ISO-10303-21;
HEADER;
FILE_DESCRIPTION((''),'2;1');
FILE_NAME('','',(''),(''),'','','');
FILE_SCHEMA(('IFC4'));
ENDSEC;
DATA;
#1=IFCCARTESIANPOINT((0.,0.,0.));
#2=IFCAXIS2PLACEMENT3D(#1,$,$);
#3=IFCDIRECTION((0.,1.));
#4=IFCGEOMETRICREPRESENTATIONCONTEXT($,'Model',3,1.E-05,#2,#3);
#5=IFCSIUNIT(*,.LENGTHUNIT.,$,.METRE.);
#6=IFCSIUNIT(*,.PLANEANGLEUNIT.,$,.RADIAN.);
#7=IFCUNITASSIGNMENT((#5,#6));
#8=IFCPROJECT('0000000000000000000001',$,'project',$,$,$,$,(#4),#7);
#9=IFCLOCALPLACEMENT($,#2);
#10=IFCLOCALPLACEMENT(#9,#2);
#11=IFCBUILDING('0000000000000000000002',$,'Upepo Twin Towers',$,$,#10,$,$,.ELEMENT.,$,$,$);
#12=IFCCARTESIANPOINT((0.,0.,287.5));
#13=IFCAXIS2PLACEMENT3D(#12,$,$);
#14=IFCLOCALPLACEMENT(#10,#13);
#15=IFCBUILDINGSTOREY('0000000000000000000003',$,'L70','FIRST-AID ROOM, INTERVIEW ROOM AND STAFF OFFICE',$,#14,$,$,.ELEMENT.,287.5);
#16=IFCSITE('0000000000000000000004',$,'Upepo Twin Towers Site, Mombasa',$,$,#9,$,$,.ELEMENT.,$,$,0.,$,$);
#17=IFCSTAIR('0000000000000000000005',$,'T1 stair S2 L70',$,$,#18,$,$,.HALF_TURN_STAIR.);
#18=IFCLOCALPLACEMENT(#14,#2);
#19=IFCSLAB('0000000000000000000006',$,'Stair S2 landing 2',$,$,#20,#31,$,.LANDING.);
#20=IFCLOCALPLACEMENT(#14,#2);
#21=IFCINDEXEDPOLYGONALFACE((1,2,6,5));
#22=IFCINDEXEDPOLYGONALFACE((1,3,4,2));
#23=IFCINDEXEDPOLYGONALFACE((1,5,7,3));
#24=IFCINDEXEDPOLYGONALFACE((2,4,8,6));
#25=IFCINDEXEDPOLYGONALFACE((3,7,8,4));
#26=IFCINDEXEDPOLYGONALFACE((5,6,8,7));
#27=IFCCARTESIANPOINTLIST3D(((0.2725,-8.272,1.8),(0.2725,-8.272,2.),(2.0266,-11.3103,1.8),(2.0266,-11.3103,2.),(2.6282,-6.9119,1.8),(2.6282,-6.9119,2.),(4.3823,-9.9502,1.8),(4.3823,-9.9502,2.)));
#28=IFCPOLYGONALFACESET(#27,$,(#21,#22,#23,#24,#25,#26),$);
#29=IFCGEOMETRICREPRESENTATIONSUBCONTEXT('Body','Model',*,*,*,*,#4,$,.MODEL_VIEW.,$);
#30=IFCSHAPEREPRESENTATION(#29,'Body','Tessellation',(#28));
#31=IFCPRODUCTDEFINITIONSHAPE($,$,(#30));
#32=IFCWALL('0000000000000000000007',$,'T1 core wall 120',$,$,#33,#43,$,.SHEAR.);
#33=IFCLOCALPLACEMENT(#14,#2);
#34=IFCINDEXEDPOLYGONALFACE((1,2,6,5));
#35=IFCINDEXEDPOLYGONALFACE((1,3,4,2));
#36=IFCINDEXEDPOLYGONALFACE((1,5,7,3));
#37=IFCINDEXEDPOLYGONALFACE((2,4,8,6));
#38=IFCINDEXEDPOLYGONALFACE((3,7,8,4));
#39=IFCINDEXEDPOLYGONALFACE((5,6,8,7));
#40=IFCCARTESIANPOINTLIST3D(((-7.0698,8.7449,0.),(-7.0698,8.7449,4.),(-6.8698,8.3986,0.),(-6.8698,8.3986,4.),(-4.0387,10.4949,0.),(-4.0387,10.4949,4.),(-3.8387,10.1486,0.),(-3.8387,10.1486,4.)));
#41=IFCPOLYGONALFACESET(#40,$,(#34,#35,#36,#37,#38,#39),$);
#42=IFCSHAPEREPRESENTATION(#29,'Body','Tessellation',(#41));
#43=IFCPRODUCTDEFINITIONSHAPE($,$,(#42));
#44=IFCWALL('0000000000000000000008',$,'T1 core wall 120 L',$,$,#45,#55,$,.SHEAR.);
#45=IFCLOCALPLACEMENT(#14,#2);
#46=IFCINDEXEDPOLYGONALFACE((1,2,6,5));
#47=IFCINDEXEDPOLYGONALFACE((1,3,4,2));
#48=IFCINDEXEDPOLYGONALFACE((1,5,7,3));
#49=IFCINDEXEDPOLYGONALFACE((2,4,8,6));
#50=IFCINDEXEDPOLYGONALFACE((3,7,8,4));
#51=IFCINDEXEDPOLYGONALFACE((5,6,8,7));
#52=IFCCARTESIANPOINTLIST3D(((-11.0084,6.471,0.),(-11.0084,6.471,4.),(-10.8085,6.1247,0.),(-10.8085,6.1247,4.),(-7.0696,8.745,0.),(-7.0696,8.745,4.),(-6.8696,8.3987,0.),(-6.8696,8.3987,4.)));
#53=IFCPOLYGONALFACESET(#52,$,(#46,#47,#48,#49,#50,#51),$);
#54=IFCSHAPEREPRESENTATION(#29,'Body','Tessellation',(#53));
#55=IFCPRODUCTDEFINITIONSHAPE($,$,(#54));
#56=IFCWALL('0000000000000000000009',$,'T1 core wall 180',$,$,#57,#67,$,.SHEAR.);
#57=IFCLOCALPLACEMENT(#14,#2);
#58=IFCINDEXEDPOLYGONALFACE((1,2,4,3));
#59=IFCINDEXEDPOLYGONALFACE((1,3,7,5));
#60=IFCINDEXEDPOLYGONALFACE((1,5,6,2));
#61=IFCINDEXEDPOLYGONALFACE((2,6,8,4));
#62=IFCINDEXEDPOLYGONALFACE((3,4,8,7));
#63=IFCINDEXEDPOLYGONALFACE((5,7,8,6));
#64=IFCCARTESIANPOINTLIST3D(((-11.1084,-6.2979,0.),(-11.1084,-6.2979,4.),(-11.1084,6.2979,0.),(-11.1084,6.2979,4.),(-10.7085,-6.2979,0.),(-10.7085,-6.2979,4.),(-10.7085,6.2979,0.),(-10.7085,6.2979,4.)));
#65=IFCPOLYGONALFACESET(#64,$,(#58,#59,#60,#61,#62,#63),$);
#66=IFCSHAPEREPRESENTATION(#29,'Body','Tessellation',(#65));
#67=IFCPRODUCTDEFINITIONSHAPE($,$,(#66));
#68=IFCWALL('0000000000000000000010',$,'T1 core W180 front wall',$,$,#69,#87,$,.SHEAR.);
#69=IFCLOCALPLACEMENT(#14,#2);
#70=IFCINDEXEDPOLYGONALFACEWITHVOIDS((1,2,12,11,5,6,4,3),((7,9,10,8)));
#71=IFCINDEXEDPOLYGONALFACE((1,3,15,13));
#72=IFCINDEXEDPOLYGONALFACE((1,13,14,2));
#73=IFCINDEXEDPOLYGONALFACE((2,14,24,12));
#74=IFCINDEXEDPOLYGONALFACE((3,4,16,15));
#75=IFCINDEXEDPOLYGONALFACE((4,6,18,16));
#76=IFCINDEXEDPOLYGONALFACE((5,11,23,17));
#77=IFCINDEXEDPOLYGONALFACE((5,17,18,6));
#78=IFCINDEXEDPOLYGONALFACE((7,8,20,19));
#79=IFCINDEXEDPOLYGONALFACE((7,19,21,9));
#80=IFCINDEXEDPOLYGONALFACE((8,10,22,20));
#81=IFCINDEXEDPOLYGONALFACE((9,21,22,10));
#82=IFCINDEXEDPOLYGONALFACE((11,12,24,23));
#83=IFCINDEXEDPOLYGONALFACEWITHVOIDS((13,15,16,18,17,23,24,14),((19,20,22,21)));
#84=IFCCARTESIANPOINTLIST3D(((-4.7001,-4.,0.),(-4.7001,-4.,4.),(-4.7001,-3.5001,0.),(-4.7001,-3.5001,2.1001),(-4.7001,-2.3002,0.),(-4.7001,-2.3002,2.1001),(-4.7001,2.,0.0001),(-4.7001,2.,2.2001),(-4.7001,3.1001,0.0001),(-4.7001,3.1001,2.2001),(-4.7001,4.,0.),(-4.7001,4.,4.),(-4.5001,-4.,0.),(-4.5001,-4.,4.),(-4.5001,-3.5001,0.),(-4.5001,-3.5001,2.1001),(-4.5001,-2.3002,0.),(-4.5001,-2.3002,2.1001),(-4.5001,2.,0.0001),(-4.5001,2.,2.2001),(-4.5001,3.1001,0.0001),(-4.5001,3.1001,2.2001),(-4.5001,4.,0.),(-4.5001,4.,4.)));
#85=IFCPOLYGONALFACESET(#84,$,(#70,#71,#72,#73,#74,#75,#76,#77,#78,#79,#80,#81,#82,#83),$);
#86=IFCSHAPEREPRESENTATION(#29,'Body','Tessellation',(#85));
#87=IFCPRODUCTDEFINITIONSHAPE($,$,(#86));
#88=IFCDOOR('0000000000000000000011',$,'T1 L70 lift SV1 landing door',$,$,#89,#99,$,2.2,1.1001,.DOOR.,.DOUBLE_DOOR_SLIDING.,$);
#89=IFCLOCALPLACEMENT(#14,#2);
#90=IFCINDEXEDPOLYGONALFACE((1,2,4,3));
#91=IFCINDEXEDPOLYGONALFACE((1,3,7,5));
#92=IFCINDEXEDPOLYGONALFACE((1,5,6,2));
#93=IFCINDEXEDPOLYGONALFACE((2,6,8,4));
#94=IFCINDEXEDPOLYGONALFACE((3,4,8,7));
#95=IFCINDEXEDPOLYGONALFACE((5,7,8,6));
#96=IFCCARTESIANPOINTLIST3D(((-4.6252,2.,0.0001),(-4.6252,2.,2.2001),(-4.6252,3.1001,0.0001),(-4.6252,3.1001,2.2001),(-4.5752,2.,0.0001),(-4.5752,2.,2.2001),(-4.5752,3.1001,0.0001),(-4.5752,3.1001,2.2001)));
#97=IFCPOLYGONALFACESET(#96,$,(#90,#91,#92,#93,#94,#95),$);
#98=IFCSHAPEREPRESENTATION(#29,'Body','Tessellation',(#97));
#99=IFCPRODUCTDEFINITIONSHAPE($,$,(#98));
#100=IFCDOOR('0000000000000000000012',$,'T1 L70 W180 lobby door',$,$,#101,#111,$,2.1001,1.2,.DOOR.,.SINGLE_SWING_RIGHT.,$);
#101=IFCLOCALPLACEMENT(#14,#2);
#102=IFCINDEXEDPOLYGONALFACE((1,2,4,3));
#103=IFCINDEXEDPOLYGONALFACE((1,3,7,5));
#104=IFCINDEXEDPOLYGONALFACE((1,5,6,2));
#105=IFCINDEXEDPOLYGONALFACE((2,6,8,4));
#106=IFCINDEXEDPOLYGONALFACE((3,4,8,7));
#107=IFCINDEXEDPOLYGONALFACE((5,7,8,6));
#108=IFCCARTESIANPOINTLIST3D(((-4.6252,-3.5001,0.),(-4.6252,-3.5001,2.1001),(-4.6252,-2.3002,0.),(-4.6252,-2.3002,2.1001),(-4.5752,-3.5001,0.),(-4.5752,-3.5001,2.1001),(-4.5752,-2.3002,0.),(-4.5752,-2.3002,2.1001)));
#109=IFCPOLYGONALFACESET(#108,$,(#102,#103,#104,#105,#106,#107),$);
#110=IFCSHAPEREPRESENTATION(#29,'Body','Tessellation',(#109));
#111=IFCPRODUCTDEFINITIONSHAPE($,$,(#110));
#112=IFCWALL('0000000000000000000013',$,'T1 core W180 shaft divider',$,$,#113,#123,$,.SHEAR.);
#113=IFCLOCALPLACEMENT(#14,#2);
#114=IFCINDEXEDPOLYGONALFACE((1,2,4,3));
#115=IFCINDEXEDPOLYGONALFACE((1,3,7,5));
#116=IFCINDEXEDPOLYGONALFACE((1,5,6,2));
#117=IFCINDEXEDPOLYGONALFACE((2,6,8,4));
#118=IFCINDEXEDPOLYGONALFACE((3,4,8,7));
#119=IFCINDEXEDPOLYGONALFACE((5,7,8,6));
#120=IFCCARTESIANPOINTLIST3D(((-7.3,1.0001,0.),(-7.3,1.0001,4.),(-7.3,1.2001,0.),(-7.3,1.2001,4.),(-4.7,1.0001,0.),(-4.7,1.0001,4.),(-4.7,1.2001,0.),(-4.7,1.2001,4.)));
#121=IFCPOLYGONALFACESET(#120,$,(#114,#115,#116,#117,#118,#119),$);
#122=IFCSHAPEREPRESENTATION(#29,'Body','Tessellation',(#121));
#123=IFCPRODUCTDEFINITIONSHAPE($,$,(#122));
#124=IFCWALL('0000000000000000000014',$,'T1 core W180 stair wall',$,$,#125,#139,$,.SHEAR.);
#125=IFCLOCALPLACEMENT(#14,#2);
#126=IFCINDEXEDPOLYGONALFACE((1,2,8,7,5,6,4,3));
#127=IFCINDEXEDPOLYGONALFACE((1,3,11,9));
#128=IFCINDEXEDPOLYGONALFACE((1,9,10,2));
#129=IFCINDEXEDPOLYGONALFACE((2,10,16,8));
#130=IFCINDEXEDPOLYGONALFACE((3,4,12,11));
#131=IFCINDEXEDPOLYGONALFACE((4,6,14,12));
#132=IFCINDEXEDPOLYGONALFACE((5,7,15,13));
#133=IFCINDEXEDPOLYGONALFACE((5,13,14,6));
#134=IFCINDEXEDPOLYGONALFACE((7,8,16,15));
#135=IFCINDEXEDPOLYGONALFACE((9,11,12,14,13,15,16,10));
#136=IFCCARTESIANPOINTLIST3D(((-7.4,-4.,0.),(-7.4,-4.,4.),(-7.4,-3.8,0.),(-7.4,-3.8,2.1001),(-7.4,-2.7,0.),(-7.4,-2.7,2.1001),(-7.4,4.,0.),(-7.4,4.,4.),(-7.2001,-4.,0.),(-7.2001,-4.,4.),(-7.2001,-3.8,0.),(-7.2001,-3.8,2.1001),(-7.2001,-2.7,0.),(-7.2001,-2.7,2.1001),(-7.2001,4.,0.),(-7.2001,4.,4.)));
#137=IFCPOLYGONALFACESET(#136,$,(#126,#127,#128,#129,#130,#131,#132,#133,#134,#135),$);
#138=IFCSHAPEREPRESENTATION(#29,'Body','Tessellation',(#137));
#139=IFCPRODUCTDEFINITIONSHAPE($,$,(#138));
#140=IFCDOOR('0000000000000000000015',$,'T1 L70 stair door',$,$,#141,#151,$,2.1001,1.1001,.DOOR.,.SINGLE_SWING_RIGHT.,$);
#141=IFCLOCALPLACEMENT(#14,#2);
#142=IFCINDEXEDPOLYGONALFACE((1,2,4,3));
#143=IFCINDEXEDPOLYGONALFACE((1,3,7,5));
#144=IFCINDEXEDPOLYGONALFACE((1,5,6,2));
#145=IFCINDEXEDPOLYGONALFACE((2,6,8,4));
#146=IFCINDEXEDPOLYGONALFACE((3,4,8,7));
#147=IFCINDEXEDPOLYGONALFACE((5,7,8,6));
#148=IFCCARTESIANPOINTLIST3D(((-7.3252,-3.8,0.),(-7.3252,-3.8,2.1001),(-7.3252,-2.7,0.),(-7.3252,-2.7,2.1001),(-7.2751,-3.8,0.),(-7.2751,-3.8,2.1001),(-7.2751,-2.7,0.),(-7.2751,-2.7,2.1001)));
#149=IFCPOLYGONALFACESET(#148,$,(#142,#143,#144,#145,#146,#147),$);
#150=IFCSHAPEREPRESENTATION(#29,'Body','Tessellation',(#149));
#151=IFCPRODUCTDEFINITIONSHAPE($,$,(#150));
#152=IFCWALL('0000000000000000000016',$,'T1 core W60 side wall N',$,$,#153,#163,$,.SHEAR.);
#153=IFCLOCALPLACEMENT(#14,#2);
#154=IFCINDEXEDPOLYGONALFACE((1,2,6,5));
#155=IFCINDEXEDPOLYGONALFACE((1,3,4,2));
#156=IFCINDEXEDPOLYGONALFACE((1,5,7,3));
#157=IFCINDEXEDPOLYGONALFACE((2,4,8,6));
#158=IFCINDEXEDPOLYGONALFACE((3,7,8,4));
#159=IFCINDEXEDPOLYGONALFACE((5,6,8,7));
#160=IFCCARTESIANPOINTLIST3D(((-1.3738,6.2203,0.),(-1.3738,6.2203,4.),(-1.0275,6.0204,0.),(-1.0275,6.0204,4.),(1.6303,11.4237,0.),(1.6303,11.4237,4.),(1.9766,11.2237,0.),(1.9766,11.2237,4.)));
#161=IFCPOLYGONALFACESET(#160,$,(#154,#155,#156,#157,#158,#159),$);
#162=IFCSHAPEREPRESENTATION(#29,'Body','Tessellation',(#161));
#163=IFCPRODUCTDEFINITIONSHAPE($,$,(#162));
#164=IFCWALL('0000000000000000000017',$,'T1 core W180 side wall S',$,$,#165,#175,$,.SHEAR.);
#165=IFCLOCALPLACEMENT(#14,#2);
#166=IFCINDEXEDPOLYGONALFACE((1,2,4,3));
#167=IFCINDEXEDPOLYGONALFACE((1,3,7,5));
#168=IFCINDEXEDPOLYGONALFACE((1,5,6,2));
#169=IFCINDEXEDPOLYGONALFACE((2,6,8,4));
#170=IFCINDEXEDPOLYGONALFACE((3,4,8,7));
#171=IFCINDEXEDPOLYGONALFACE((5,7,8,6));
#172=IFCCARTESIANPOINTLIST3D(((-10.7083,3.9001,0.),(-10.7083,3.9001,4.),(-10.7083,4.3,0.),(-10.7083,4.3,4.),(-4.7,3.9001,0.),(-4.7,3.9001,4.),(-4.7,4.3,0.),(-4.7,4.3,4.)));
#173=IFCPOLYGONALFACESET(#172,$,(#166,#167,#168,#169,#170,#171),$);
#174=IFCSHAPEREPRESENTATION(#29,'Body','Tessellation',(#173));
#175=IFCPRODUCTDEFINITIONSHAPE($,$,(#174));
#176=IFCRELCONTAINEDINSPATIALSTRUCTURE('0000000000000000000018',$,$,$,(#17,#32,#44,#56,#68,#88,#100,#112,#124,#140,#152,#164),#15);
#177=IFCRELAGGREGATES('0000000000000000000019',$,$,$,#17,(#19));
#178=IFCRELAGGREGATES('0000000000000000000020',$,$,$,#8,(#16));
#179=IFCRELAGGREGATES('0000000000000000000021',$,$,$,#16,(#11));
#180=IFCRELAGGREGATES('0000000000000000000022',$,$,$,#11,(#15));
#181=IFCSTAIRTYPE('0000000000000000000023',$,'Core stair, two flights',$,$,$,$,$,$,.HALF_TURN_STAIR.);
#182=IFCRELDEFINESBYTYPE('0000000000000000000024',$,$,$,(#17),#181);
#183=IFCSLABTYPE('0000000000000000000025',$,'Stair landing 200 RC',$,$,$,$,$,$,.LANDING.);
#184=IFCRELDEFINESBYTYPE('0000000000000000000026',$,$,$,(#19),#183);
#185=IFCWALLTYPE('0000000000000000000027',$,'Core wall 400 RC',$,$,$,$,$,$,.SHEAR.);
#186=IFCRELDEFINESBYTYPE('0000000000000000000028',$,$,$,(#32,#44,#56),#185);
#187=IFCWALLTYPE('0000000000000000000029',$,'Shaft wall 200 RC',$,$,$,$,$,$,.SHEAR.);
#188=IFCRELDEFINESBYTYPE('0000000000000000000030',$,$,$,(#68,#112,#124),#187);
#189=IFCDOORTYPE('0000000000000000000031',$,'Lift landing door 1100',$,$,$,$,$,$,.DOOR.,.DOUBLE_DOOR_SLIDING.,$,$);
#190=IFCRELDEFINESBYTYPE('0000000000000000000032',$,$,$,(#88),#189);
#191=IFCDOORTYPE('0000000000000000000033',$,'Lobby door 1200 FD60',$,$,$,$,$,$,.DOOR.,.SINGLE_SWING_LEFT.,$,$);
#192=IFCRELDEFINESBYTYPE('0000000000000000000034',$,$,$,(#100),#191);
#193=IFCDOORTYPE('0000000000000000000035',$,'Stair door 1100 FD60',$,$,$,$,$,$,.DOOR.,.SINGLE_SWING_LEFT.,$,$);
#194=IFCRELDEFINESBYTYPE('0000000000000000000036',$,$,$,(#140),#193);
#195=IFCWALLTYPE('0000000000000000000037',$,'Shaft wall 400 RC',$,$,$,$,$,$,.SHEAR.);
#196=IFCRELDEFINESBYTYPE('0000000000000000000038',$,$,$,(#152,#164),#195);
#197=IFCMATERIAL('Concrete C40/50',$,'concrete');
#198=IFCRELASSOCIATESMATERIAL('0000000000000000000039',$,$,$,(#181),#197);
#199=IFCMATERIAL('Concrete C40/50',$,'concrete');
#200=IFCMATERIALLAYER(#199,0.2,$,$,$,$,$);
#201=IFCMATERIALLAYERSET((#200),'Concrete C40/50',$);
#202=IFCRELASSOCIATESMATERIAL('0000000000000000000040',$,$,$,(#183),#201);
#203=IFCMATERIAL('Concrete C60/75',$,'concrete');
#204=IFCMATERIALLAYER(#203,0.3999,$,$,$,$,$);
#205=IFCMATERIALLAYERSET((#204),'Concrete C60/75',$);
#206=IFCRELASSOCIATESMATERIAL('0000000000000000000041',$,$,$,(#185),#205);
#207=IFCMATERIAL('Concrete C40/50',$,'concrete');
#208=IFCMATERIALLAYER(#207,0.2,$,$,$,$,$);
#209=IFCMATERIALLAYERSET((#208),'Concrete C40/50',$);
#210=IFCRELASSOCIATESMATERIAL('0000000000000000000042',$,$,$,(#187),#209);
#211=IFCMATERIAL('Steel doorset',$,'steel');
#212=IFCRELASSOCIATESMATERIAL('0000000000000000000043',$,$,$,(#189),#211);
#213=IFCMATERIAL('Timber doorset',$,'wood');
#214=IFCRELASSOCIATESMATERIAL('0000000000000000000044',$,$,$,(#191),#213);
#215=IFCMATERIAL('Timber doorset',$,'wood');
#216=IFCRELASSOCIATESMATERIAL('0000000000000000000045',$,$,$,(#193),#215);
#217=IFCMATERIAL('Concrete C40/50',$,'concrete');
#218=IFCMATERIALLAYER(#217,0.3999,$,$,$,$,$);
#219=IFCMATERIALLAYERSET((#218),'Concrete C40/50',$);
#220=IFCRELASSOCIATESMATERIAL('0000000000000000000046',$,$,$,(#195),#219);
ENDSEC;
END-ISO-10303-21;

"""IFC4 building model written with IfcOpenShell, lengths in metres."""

from ifc_helpers import new_model, si_unit, direction, frame, frame_2d, origin, place, context, subcontext, project, spatial, polyline, rectangle, outline, extrude, material, layer, layer_set, type_object, element, fill, aggregate, save


model = new_model("IFC4")

# Units and contexts
model_context = context("Model", 3, precision=1e-05, world=origin(), true_north=direction((0.0, 1.0)))
body_context = subcontext(model_context, "Body", "Model", "MODEL_VIEW")
ifc_project = project(units=[si_unit("LENGTHUNIT", "METRE"), si_unit("PLANEANGLEUNIT", "RADIAN")], contexts=[model_context])

# Site, building, storey
site_placement = place(None, origin())
site = spatial("IfcSite", under=ifc_project, at=site_placement, Name="Upepo Twin Towers Site, Mombasa", CompositionType="ELEMENT", RefElevation=0.0)
building_placement = place(site_placement, origin())
building = spatial("IfcBuilding", under=site, at=building_placement, Name="Upepo Twin Towers", CompositionType="ELEMENT")
storey_placement = place(building_placement, frame((0.0, 0.0, 287.5)))
storey = spatial("IfcBuildingStorey", under=building, at=storey_placement, Name="L70", Description="FIRST-AID ROOM, INTERVIEW ROOM AND STAFF OFFICE", CompositionType="ELEMENT", Elevation=287.5)

# Stair, slab
ifc_material_1 = material(Name="Concrete C40/50", Category="concrete")
stair_type = type_object("IfcStairType", Name="Core stair, two flights", PredefinedType="HALF_TURN_STAIR", material=ifc_material_1)
stair_1_placement = place(storey_placement, origin())
stair_1 = element("IfcStair", 1, at=stair_1_placement, inside=storey, type_object=stair_type, Name="T1 stair S2 L70", PredefinedType="HALF_TURN_STAIR")
ifc_material_2 = material(Name="Concrete C40/50", Category="concrete")
ifc_layer_1 = layer(ifc_material_2, 0.2)
ifc_layer_set_1 = layer_set([ifc_layer_1], Name="Concrete C40/50")
slab_type = type_object("IfcSlabType", Name="Stair landing 200 RC", PredefinedType="LANDING", material=ifc_layer_set_1)
slab_placement = place(storey_placement, frame((0.0, 0.0, 1.8)))
slab = element("IfcSlab", 2, at=slab_placement, type_object=slab_type, Name="Stair S2 landing 2", PredefinedType="LANDING", context=body_context, shape_type="SweptSolid", body=[
    extrude(outline(polyline([(0.2725, -8.272), (2.0266, -11.3103), (4.3823, -9.9502), (2.6282, -6.9119), (0.2725, -8.272)])), origin(), (0.0, 0.0, 1.0), 0.2),
])
aggregate(stair_1, [slab])

# Walls
ifc_material_3 = material(Name="Concrete C60/75", Category="concrete")
ifc_layer_2 = layer(ifc_material_3, 0.3999)
ifc_layer_set_2 = layer_set([ifc_layer_2], Name="Concrete C60/75")
wall_type_1 = type_object("IfcWallType", Name="Core wall 400 RC", PredefinedType="SHEAR", material=ifc_layer_set_2)
wall_1_placement = place(storey_placement, frame((-3.9387, 10.3218, 0.0), z_axis=(0.0, 0.0, 1.0), x_axis=(-0.866019, -0.50001, 0.0)))
element("IfcWall", 3, at=wall_1_placement, inside=storey, type_object=wall_type_1, Name="T1 core wall 120", PredefinedType="SHEAR", context=body_context, shape_type="SweptSolid", body=[
    extrude(rectangle(XDim=3.5, YDim=0.3999, at=frame_2d((1.75, 0.0))), origin(), (0.0, 0.0, 1.0), 4.0),
])
wall_2_placement = place(storey_placement, frame((-6.9697, 8.5718, 0.0), z_axis=(0.0, 0.0, 1.0), x_axis=(-0.866035, -0.499984, 0.0)))
element("IfcWall", 4, at=wall_2_placement, inside=storey, type_object=wall_type_1, Name="T1 core wall 120 L", PredefinedType="SHEAR", context=body_context, shape_type="SweptSolid", body=[
    extrude(rectangle(XDim=4.5481, YDim=0.3999, at=frame_2d((2.2739, 0.0))), origin(), (0.0, 0.0, 1.0), 4.0),
])
wall_3_placement = place(storey_placement, frame((-10.9084, 6.2979, 0.0), z_axis=(0.0, 0.0, 1.0), x_axis=(0.0, -1.0, 0.0)))
element("IfcWall", 5, at=wall_3_placement, inside=storey, type_object=wall_type_1, Name="T1 core wall 180", PredefinedType="SHEAR", context=body_context, shape_type="SweptSolid", body=[
    extrude(rectangle(XDim=12.5957, YDim=0.3999, at=frame_2d((6.2979, 0.0))), origin(), (0.0, 0.0, 1.0), 4.0),
])

# Wall, openings, doors
ifc_material_4 = material(Name="Concrete C40/50", Category="concrete")
ifc_layer_3 = layer(ifc_material_4, 0.2)
ifc_layer_set_3 = layer_set([ifc_layer_3], Name="Concrete C40/50")
wall_type_2 = type_object("IfcWallType", Name="Shaft wall 200 RC", PredefinedType="SHEAR", material=ifc_layer_set_3)
wall_4_placement = place(storey_placement, frame((-4.6001, 4.0, 0.0), z_axis=(0.0, 0.0, 1.0), x_axis=(0.0, -1.0, 0.0)))
wall_4 = element("IfcWall", 6, at=wall_4_placement, inside=storey, type_object=wall_type_2, Name="T1 core W180 front wall", PredefinedType="SHEAR", context=body_context, shape_type="SweptSolid", body=[
    extrude(rectangle(XDim=8.0, YDim=0.2, at=frame_2d((4.0, 0.0))), origin(), (0.0, 0.0, 1.0), 4.0),
])
opening_1_placement = place(wall_4_placement, frame((6.3, 0.0, 0.0)))
opening_1 = element("IfcOpeningElement", 7, at=opening_1_placement, cuts=wall_4, PredefinedType="OPENING", context=body_context, shape_type="SweptSolid", body=[
    extrude(rectangle(XDim=1.2, YDim=2.1001, at=frame_2d((0.6001, 1.05))), frame((0.0, 0.1099, 0.0), z_axis=(0.0, -1.0, 0.0), x_axis=(1.0, 0.0, 0.0)), (0.0, 0.0, 1.0), 0.22),
])
opening_2_placement = place(wall_4_placement, frame((0.8999, 0.0, 0.0)))
opening_2 = element("IfcOpeningElement", 8, at=opening_2_placement, cuts=wall_4, PredefinedType="OPENING", context=body_context, shape_type="SweptSolid", body=[
    extrude(rectangle(XDim=1.1001, YDim=2.2, at=frame_2d((0.55, 1.1001))), frame((0.0, 0.1099, 0.0), z_axis=(0.0, -1.0, 0.0), x_axis=(1.0, 0.0, 0.0)), (0.0, 0.0, 1.0), 0.22),
])
ifc_material_5 = material(Name="Steel doorset", Category="steel")
door_type_1 = type_object("IfcDoorType", Name="Lift landing door 1100", OperationType="DOUBLE_DOOR_SLIDING", PredefinedType="DOOR", material=ifc_material_5)
door_1_placement = place(opening_2_placement, origin())
door_1 = element("IfcDoor", 9, at=door_1_placement, inside=storey, type_object=door_type_1, Name="T1 L70 lift SV1 landing door", OperationType="DOUBLE_DOOR_SLIDING", OverallHeight=2.2, OverallWidth=1.1001, PredefinedType="DOOR", context=body_context, shape_type="SweptSolid", body=[
    extrude(rectangle(XDim=1.1001, YDim=2.2, at=frame_2d((0.55, 1.1001))), frame((0.0, 0.0249, 0.0), z_axis=(0.0, -1.0, 0.0), x_axis=(1.0, 0.0, 0.0)), (0.0, 0.0, 1.0), 0.05),
])
fill(opening_2, door_1)
ifc_material_6 = material(Name="Timber doorset", Category="wood")
door_type_2 = type_object("IfcDoorType", Name="Lobby door 1200 FD60", OperationType="SINGLE_SWING_LEFT", PredefinedType="DOOR", material=ifc_material_6)
door_2_placement = place(opening_1_placement, origin())
door_2 = element("IfcDoor", 10, at=door_2_placement, inside=storey, type_object=door_type_2, Name="T1 L70 W180 lobby door", OperationType="SINGLE_SWING_RIGHT", OverallHeight=2.1001, OverallWidth=1.2, PredefinedType="DOOR", context=body_context, shape_type="SweptSolid", body=[
    extrude(rectangle(XDim=1.2, YDim=2.1001, at=frame_2d((0.6001, 1.05))), frame((0.0, 0.0249, 0.0), z_axis=(0.0, -1.0, 0.0), x_axis=(1.0, 0.0, 0.0)), (0.0, 0.0, 1.0), 0.05),
])
fill(opening_1, door_2)

# Wall
wall_5_placement = place(storey_placement, frame((-4.7, 1.1001, 0.0), z_axis=(0.0, 0.0, 1.0), x_axis=(-1.0, 0.0, 0.0)))
element("IfcWall", 11, at=wall_5_placement, inside=storey, type_object=wall_type_2, Name="T1 core W180 shaft divider", PredefinedType="SHEAR", context=body_context, shape_type="SweptSolid", body=[
    extrude(rectangle(XDim=2.6001, YDim=0.2, at=frame_2d((1.3, 0.0))), origin(), (0.0, 0.0, 1.0), 4.0),
])

# Wall, opening, door
wall_6_placement = place(storey_placement, frame((-7.3, 4.0, 0.0), z_axis=(0.0, 0.0, 1.0), x_axis=(0.0, -1.0, 0.0)))
wall_6 = element("IfcWall", 12, at=wall_6_placement, inside=storey, type_object=wall_type_2, Name="T1 core W180 stair wall", PredefinedType="SHEAR", context=body_context, shape_type="SweptSolid", body=[
    extrude(rectangle(XDim=8.0, YDim=0.2, at=frame_2d((4.0, 0.0))), origin(), (0.0, 0.0, 1.0), 4.0),
])
opening_3_placement = place(wall_6_placement, frame((6.7, 0.0, 0.0)))
opening_3 = element("IfcOpeningElement", 13, at=opening_3_placement, cuts=wall_6, PredefinedType="OPENING", context=body_context, shape_type="SweptSolid", body=[
    extrude(rectangle(XDim=1.1001, YDim=2.1001, at=frame_2d((0.55, 1.05))), frame((0.0, 0.1099, 0.0), z_axis=(0.0, -1.0, 0.0), x_axis=(1.0, 0.0, 0.0)), (0.0, 0.0, 1.0), 0.22),
])
ifc_material_7 = material(Name="Timber doorset", Category="wood")
door_type_3 = type_object("IfcDoorType", Name="Stair door 1100 FD60", OperationType="SINGLE_SWING_LEFT", PredefinedType="DOOR", material=ifc_material_7)
door_3_placement = place(opening_3_placement, origin())
door_3 = element("IfcDoor", 14, at=door_3_placement, inside=storey, type_object=door_type_3, Name="T1 L70 stair door", OperationType="SINGLE_SWING_RIGHT", OverallHeight=2.1001, OverallWidth=1.1001, PredefinedType="DOOR", context=body_context, shape_type="SweptSolid", body=[
    extrude(rectangle(XDim=1.1001, YDim=2.1001, at=frame_2d((0.55, 1.05))), frame((0.0, 0.0249, 0.0), z_axis=(0.0, -1.0, 0.0), x_axis=(1.0, 0.0, 0.0)), (0.0, 0.0, 1.0), 0.05),
])
fill(opening_3, door_3)

# Walls
ifc_material_8 = material(Name="Concrete C40/50", Category="concrete")
ifc_layer_4 = layer(ifc_material_8, 0.3999)
ifc_layer_set_4 = layer_set([ifc_layer_4], Name="Concrete C40/50")
wall_type_3 = type_object("IfcWallType", Name="Shaft wall 400 RC", PredefinedType="SHEAR", material=ifc_layer_set_4)
for number, where, z_axis, x_axis, name in (
    (15, (-1.2007, 6.1204, 0.0), (0.0, 0.0, 1.0), (0.499998, 0.866027, 0.0), "T1 core W60 side wall N"),
    (16, (-4.7, 4.1001, 0.0), (0.0, 0.0, 1.0), (-1.0, 0.0, 0.0), "T1 core W180 side wall S"),
):
    element("IfcWall", number, at=place(storey_placement, frame(where, z_axis=z_axis, x_axis=x_axis)), inside=storey, type_object=wall_type_3, Name=name, PredefinedType="SHEAR", context=body_context, shape_type="SweptSolid", body=[
        extrude(rectangle(XDim=6.0083, YDim=0.3999, at=frame_2d((3.0042, 0.0))), origin(), (0.0, 0.0, 1.0), 4.0),
    ])

save(model, "model.ifc")
